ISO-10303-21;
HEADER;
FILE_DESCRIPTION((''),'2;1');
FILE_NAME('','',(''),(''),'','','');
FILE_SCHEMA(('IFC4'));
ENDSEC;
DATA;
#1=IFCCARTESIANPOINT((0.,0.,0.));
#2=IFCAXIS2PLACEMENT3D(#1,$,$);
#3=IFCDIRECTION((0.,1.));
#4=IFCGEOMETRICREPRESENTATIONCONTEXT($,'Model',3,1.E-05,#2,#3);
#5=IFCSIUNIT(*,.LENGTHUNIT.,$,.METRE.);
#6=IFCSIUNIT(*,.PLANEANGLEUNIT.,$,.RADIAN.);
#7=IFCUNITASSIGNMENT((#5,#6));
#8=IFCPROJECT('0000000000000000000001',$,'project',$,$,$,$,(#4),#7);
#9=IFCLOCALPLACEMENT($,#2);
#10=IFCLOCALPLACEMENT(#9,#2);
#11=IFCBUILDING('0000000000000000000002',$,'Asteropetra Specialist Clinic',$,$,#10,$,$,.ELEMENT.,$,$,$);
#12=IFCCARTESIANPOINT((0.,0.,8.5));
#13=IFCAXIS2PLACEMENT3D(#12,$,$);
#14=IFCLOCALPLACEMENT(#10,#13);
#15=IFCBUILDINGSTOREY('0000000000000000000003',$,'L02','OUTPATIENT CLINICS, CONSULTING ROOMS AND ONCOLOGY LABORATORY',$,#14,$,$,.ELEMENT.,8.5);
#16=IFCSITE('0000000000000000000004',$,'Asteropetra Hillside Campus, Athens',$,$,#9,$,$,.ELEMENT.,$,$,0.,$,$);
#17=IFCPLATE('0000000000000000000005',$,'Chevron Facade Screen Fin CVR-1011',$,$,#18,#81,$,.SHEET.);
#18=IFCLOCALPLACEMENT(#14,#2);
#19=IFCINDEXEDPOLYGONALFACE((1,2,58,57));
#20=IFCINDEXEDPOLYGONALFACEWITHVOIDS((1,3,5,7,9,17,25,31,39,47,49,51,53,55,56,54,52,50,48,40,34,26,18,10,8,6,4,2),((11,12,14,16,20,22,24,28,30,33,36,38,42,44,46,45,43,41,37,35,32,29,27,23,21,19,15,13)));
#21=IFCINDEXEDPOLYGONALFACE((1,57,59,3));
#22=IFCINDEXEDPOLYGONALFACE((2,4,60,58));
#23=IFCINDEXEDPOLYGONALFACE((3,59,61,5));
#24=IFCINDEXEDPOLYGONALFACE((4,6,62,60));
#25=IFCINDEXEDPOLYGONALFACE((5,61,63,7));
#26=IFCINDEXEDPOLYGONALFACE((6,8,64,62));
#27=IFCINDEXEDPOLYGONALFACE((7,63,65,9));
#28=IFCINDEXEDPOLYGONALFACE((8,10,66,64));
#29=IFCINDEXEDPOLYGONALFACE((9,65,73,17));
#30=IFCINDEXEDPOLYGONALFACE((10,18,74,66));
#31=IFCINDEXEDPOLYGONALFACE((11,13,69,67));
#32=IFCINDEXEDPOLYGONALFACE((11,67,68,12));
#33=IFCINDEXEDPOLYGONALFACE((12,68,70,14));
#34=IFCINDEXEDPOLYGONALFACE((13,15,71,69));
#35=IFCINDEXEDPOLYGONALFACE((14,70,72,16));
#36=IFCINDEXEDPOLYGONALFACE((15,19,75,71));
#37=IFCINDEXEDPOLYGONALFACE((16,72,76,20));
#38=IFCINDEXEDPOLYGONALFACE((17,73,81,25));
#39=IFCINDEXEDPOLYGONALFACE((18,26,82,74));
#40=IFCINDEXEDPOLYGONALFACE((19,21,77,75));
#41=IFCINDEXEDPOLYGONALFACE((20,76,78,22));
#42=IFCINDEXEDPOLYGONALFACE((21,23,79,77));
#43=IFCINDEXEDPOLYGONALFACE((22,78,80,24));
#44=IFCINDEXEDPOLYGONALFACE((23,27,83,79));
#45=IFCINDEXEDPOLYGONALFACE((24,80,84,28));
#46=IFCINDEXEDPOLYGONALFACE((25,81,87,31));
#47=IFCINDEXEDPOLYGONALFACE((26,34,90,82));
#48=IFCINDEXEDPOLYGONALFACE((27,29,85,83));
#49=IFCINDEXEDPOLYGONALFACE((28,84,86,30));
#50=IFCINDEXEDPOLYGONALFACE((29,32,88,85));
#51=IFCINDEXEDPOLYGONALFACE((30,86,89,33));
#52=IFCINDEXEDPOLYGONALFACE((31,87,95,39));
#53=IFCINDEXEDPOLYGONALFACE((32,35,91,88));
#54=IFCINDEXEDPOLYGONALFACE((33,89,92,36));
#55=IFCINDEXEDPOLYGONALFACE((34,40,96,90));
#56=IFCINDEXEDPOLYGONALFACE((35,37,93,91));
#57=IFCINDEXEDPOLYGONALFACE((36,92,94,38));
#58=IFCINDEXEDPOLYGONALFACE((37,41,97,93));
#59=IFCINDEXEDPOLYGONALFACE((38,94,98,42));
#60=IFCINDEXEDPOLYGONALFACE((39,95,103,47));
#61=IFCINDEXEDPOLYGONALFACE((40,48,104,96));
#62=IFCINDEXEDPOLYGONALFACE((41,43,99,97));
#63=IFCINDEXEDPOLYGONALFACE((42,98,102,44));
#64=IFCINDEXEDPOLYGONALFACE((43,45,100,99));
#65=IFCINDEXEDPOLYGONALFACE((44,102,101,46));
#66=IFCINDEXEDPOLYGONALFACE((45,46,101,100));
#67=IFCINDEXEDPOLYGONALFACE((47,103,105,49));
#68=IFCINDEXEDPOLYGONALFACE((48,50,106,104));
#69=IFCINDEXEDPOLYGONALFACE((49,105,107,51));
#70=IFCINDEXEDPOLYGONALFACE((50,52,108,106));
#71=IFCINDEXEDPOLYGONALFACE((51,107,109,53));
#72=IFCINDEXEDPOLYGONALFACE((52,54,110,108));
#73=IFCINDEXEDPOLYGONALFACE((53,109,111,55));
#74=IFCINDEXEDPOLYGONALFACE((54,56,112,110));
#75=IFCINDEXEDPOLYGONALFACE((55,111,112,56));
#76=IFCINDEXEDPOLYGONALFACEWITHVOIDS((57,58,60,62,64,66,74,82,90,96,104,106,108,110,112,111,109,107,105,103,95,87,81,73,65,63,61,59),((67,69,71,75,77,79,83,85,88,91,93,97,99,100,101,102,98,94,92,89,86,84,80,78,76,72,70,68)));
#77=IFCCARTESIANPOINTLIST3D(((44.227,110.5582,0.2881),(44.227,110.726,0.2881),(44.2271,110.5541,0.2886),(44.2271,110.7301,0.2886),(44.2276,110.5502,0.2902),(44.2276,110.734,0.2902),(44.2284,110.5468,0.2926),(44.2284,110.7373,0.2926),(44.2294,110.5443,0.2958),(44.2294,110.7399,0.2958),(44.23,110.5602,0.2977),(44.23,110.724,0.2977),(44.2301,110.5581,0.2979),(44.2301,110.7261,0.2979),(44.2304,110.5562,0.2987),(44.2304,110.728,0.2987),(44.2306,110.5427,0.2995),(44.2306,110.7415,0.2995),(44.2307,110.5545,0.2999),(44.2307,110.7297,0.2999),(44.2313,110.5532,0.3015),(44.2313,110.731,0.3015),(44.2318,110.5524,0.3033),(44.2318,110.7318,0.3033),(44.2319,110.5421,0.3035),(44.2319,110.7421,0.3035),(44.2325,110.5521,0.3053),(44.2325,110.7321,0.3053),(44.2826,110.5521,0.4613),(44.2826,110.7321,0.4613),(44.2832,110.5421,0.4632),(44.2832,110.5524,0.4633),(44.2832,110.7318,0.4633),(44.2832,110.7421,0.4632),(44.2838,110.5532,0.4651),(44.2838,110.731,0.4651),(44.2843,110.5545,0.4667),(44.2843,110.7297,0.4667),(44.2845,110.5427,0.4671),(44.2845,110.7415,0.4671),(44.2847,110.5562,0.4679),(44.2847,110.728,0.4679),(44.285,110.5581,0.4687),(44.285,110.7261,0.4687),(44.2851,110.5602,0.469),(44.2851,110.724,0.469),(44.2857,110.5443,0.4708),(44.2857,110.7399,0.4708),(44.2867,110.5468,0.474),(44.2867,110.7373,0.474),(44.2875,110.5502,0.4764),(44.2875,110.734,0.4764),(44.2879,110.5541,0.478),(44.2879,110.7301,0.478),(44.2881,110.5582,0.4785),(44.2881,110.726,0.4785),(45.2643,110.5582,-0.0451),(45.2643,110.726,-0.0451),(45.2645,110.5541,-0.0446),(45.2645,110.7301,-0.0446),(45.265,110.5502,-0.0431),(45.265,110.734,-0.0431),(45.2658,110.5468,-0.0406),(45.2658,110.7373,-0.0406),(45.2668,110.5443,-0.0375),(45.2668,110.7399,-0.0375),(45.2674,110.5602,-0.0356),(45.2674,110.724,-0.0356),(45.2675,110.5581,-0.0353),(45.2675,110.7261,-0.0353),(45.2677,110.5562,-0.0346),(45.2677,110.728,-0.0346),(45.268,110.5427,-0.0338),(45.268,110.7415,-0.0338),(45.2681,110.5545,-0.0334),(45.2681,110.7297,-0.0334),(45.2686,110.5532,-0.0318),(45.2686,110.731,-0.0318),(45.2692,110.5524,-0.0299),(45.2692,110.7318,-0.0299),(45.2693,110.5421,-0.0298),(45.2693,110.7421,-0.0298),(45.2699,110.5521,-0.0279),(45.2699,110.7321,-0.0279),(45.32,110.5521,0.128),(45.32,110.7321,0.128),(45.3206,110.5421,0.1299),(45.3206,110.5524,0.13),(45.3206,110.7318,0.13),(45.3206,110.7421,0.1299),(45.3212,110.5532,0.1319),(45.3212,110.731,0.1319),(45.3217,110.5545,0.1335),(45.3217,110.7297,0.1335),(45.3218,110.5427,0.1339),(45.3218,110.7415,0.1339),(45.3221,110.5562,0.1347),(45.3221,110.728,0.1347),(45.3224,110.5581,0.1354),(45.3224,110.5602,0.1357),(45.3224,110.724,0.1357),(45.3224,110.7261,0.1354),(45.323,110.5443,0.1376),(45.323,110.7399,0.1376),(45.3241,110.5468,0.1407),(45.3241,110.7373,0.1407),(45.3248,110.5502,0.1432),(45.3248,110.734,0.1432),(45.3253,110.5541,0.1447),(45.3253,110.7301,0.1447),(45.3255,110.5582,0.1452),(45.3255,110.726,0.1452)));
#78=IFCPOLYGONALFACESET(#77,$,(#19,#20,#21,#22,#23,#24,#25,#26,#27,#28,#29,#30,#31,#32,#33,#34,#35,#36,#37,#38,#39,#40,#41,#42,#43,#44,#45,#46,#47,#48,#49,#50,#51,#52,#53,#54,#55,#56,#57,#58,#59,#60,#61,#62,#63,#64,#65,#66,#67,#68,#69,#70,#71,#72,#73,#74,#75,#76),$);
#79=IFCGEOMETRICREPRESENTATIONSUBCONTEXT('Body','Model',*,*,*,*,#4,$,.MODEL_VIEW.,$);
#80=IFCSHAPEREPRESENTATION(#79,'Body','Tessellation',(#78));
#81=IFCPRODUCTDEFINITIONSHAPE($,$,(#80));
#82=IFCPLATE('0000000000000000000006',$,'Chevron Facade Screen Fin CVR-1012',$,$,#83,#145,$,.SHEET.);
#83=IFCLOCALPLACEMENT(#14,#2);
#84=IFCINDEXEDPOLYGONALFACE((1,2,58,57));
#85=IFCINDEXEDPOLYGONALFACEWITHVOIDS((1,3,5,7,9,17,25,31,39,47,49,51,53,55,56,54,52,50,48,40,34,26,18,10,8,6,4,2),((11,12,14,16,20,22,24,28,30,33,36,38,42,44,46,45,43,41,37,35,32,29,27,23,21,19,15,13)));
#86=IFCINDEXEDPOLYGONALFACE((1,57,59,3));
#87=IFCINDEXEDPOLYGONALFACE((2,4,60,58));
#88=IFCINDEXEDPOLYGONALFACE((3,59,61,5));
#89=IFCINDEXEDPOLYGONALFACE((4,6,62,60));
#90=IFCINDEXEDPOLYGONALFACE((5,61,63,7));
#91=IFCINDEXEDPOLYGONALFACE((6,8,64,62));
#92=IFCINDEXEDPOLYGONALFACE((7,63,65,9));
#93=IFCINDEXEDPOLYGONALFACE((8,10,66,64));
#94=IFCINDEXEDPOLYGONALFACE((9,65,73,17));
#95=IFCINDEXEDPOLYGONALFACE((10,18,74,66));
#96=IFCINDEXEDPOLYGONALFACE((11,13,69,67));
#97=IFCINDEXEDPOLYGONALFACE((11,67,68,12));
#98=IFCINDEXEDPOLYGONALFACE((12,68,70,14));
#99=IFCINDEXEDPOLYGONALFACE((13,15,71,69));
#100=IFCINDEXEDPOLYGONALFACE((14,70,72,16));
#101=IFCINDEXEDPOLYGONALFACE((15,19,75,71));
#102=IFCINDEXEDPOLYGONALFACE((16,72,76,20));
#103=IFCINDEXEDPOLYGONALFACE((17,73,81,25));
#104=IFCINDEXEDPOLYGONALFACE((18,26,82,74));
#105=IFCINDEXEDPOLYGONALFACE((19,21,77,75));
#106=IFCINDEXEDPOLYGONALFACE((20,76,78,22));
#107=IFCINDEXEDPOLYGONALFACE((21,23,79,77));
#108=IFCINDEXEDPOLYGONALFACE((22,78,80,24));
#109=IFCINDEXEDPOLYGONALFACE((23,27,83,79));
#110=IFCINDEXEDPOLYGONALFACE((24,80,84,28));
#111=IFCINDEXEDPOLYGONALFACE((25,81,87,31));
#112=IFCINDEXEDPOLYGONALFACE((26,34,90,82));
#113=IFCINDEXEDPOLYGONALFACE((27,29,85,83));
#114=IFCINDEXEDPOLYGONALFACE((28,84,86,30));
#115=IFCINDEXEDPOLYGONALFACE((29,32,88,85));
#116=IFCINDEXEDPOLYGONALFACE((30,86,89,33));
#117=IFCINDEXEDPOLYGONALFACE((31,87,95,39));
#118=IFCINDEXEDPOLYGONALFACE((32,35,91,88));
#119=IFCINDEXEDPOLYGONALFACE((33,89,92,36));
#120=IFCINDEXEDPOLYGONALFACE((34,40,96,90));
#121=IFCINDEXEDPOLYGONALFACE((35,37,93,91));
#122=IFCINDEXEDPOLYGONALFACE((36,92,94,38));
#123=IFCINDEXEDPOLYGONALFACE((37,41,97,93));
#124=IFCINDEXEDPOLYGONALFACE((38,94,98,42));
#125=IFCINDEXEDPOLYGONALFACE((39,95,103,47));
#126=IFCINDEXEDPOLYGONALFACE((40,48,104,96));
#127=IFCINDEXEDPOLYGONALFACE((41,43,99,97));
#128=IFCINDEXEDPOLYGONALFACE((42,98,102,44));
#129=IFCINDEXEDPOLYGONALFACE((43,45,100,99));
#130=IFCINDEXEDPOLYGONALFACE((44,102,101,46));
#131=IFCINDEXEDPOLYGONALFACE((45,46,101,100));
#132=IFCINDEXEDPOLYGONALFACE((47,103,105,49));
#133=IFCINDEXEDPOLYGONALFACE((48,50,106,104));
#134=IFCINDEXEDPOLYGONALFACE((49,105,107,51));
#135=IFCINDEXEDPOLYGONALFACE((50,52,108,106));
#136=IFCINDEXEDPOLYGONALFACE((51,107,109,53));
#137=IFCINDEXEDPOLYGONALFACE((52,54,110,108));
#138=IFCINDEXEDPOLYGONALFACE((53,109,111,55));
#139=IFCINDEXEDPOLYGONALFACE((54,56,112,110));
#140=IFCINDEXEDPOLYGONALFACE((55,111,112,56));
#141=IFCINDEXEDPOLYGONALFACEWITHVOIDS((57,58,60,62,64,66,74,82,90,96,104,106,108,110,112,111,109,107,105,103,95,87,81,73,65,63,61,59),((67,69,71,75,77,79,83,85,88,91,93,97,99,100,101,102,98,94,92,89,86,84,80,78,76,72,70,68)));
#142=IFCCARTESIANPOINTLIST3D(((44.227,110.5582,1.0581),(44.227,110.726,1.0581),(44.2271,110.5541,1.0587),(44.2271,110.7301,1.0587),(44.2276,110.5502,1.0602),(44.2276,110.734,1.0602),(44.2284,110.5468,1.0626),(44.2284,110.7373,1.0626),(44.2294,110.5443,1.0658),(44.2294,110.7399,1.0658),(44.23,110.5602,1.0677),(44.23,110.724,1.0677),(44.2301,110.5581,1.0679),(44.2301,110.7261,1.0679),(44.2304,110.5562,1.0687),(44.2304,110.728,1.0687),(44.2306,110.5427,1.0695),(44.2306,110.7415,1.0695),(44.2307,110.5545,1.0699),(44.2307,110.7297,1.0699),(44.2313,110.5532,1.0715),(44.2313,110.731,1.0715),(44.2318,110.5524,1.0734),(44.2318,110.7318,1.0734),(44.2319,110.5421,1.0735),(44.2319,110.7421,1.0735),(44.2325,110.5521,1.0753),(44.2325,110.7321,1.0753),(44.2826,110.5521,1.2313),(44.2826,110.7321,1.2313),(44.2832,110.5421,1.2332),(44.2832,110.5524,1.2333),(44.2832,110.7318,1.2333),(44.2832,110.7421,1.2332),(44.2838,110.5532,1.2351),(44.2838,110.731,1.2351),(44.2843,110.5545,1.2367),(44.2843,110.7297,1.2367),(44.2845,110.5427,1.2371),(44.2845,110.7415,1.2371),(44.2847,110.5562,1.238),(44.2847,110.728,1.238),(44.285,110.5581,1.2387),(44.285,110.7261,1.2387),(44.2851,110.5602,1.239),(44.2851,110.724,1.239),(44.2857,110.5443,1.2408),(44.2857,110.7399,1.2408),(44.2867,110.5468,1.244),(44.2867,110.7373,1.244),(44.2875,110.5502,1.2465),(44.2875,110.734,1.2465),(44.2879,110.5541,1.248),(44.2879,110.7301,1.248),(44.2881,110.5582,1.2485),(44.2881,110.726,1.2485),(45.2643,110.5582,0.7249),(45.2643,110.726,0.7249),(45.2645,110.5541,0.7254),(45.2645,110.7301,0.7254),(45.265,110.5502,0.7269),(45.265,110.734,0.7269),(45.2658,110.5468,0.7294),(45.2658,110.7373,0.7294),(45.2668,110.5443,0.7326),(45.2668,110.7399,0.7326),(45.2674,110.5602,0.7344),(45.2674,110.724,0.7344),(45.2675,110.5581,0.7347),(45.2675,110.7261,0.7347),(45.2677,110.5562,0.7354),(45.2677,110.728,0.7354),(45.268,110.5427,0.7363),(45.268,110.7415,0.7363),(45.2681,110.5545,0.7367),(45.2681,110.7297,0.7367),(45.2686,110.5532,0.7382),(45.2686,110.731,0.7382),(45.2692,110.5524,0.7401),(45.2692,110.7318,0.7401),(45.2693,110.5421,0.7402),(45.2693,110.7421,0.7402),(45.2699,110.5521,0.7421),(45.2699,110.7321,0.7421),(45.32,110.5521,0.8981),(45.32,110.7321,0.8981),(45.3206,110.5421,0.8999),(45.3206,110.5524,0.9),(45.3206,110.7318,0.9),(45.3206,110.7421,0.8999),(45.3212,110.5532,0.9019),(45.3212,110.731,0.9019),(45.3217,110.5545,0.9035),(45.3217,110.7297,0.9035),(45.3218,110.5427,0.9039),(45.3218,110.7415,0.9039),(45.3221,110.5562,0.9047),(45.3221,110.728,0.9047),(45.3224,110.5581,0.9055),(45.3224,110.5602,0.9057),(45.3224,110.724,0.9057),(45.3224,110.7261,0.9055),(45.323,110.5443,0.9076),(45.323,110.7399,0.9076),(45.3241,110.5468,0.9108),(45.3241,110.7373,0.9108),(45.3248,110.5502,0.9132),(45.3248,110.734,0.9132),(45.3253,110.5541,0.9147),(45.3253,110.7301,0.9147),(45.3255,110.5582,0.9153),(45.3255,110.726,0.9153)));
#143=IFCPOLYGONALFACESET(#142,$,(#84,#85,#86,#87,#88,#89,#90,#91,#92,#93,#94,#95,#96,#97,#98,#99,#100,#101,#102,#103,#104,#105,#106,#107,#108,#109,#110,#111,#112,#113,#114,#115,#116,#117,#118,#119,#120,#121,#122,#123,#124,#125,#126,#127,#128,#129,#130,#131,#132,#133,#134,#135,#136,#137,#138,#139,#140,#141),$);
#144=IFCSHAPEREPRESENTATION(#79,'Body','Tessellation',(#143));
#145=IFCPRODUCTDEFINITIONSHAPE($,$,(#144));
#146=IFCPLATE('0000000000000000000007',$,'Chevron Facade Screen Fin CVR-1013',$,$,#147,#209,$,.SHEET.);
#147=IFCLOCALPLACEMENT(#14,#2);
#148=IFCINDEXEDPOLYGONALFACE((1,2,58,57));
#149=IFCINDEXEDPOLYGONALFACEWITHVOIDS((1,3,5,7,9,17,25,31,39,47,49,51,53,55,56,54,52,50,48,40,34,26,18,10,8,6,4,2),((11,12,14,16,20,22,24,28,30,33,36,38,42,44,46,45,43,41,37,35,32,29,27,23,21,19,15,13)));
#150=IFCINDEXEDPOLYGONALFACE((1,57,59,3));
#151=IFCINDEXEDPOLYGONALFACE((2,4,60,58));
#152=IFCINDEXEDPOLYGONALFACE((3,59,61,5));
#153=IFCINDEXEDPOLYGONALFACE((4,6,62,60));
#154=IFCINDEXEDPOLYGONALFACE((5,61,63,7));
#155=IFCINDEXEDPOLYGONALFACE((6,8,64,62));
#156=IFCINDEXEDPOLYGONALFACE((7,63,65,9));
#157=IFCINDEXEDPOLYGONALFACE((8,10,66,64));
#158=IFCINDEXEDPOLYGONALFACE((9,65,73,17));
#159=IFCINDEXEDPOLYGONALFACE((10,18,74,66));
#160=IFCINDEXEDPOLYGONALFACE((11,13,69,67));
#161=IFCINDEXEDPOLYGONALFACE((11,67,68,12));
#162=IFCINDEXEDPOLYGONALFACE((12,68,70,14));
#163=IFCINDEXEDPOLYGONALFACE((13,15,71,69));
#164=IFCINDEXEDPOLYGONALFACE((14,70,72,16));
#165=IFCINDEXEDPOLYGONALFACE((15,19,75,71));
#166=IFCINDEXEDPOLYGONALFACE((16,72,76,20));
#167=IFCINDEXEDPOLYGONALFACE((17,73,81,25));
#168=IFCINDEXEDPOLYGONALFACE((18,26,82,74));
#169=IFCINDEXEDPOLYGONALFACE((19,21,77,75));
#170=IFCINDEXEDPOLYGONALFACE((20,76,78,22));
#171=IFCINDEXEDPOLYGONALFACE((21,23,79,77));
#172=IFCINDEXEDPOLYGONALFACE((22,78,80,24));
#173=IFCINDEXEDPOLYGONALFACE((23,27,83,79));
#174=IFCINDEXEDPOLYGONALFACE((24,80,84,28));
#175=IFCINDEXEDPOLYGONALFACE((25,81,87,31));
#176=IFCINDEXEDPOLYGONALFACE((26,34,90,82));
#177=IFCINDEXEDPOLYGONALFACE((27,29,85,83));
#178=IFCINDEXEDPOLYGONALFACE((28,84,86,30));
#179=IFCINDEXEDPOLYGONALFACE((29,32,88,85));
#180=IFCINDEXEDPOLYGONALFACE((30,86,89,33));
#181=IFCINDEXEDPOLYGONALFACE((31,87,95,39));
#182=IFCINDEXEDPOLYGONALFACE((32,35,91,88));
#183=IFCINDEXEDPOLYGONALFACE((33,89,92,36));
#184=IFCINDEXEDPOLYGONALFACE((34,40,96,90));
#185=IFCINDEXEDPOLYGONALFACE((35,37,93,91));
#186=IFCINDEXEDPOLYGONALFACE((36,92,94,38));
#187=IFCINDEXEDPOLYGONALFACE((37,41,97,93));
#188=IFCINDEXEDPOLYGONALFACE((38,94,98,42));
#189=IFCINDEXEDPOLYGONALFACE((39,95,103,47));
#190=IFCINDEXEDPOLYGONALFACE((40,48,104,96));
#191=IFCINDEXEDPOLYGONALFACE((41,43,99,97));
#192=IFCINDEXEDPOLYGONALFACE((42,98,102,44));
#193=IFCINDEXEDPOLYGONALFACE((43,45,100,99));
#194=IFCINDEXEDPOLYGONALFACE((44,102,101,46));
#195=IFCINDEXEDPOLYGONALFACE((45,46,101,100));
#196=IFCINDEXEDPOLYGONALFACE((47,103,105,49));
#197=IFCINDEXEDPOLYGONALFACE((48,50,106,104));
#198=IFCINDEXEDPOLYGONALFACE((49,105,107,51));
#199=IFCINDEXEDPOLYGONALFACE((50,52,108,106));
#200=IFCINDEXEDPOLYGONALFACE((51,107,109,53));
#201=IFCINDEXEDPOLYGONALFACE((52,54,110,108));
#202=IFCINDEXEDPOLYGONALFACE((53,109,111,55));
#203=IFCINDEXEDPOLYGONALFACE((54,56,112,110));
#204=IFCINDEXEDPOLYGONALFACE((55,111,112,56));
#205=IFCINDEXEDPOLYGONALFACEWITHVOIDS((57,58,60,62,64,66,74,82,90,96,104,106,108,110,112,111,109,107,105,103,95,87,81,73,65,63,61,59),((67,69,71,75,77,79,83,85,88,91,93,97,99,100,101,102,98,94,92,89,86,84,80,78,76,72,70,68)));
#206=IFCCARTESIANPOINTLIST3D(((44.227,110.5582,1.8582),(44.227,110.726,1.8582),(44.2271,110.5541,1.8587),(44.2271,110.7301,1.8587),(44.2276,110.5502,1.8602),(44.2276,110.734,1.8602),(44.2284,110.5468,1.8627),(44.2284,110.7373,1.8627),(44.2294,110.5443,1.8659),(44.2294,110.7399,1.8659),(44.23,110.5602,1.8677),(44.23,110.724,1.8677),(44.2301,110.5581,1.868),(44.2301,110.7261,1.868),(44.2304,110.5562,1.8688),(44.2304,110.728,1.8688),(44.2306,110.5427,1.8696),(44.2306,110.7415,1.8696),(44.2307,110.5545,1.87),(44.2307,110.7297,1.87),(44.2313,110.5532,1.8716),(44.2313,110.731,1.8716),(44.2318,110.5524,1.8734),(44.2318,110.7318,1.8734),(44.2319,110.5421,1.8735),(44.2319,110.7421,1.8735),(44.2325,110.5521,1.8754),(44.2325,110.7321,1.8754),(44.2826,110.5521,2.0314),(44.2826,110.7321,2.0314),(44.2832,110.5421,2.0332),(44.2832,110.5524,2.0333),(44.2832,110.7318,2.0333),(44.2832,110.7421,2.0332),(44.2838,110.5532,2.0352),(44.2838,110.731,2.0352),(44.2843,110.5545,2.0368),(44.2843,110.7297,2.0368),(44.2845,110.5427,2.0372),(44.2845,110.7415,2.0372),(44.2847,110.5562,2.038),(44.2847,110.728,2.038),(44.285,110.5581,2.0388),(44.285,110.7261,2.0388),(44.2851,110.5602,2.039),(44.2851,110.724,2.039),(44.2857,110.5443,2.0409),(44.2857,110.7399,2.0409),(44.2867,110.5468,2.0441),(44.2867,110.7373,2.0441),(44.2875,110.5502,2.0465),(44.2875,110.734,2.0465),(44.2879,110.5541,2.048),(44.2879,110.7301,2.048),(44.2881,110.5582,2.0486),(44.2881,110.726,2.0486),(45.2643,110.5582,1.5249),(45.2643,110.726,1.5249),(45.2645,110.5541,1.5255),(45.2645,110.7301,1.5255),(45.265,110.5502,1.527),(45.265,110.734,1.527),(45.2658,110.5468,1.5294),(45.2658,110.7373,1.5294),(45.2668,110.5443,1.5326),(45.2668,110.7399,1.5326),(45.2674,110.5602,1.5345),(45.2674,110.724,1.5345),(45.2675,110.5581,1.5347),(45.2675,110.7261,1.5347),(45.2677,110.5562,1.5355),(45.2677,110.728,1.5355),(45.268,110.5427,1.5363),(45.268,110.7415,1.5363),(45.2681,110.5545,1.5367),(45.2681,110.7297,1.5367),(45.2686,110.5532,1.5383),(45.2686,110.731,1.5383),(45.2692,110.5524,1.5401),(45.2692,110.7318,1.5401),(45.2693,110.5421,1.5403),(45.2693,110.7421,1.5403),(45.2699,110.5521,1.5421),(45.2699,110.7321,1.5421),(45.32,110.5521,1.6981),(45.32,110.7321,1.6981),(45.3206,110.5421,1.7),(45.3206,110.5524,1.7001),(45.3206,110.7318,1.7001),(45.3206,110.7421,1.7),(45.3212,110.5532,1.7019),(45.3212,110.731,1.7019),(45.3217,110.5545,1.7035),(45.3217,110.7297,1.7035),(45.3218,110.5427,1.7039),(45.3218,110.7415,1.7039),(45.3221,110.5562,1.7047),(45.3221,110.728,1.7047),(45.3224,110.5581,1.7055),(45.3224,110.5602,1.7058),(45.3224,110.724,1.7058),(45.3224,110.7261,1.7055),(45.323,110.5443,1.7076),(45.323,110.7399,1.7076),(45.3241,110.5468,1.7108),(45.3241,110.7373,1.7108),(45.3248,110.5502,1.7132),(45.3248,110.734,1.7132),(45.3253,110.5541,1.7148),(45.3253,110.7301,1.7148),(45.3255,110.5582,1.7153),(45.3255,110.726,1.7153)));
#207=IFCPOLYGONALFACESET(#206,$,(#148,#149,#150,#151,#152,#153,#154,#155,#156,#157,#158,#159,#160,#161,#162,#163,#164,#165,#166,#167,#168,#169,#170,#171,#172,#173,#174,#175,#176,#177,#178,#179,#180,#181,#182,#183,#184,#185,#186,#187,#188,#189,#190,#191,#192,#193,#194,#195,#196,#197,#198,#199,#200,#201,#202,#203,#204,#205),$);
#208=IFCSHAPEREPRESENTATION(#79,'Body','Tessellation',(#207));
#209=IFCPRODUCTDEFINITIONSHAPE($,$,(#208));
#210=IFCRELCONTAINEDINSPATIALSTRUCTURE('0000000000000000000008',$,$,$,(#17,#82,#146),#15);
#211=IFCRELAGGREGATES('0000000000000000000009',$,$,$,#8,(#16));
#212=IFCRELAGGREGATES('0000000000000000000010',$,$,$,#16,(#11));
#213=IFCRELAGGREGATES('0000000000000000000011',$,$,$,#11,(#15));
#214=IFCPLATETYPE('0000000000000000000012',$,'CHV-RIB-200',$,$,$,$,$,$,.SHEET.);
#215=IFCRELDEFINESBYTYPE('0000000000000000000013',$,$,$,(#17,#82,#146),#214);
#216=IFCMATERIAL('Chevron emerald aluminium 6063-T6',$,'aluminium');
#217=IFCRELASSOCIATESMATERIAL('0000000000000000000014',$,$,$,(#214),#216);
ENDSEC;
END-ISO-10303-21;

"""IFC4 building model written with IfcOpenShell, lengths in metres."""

from ifc_helpers import new_model, si_unit, direction, frame, origin, origin_2d, place, context, subcontext, project, spatial, hollow_rectangle, extrude, material, material_profile, profile_set, type_object, element, save


model = new_model("IFC4")

# Units and contexts
model_context = context("Model", 3, precision=1e-05, world=origin(), true_north=direction((0.0, 1.0)))
body_context = subcontext(model_context, "Body", "Model", "MODEL_VIEW")
ifc_project = project(units=[si_unit("LENGTHUNIT", "METRE"), si_unit("PLANEANGLEUNIT", "RADIAN")], contexts=[model_context])

# Site, building, storey
site_placement = place(None, origin())
site = spatial("IfcSite", under=ifc_project, at=site_placement, Name="Asteropetra Hillside Campus, Athens", CompositionType="ELEMENT", RefElevation=0.0)
building_placement = place(site_placement, origin())
building = spatial("IfcBuilding", under=site, at=building_placement, Name="Asteropetra Specialist Clinic", CompositionType="ELEMENT")
storey_placement = place(building_placement, frame((0.0, 0.0, 8.5)))
storey = spatial("IfcBuildingStorey", under=building, at=storey_placement, Name="L02", Description="OUTPATIENT CLINICS, CONSULTING ROOMS AND ONCOLOGY LABORATORY", CompositionType="ELEMENT", Elevation=8.5)

# Plates
ifc_material_1 = material(Name="Chevron emerald aluminium 6063-T6", Category="aluminium")
ifc_material_profile_1 = material_profile(ifc_material_1, hollow_rectangle(XDim=0.2, YDim=0.2, WallThickness=0.01, InnerFilletRadius=0.0081, OuterFilletRadius=0.0161, at=origin_2d()), Name="SHS 200x200x10.0")
ifc_profile_set_1 = profile_set([ifc_material_profile_1], Name="Chevron emerald aluminium 6063-T6")
plate_type = type_object("IfcPlateType", Name="CHV-RIB-200", PredefinedType="SHEET", material=ifc_profile_set_1)
for number, where, z_axis, x_axis, name in (
    (1, (45.2949, 110.6421, 0.05), (-0.952078, 0.0, 0.305857), (0.0, -1.0, 0.0), "Chevron Facade Screen Fin CVR-1011"),
    (2, (45.2949, 110.6421, 0.8201), (-0.952078, 0.0, 0.305857), (0.0, -1.0, 0.0), "Chevron Facade Screen Fin CVR-1012"),
    (3, (45.2949, 110.6421, 1.6201), (-0.952078, 0.0, 0.305857), (0.0, -1.0, 0.0), "Chevron Facade Screen Fin CVR-1013"),
):
    element("IfcPlate", number, at=place(storey_placement, frame(where, z_axis=z_axis, x_axis=x_axis)), inside=storey, type_object=plate_type, Name=name, PredefinedType="SHEET", context=body_context, shape_type="SweptSolid", body=[
        extrude(hollow_rectangle(XDim=0.2, YDim=0.2, WallThickness=0.01, InnerFilletRadius=0.0081, OuterFilletRadius=0.0161, at=origin_2d()), origin(), (0.0, 0.0, 1.0), 1.0896),
    ])

save(model, "model.ifc")
